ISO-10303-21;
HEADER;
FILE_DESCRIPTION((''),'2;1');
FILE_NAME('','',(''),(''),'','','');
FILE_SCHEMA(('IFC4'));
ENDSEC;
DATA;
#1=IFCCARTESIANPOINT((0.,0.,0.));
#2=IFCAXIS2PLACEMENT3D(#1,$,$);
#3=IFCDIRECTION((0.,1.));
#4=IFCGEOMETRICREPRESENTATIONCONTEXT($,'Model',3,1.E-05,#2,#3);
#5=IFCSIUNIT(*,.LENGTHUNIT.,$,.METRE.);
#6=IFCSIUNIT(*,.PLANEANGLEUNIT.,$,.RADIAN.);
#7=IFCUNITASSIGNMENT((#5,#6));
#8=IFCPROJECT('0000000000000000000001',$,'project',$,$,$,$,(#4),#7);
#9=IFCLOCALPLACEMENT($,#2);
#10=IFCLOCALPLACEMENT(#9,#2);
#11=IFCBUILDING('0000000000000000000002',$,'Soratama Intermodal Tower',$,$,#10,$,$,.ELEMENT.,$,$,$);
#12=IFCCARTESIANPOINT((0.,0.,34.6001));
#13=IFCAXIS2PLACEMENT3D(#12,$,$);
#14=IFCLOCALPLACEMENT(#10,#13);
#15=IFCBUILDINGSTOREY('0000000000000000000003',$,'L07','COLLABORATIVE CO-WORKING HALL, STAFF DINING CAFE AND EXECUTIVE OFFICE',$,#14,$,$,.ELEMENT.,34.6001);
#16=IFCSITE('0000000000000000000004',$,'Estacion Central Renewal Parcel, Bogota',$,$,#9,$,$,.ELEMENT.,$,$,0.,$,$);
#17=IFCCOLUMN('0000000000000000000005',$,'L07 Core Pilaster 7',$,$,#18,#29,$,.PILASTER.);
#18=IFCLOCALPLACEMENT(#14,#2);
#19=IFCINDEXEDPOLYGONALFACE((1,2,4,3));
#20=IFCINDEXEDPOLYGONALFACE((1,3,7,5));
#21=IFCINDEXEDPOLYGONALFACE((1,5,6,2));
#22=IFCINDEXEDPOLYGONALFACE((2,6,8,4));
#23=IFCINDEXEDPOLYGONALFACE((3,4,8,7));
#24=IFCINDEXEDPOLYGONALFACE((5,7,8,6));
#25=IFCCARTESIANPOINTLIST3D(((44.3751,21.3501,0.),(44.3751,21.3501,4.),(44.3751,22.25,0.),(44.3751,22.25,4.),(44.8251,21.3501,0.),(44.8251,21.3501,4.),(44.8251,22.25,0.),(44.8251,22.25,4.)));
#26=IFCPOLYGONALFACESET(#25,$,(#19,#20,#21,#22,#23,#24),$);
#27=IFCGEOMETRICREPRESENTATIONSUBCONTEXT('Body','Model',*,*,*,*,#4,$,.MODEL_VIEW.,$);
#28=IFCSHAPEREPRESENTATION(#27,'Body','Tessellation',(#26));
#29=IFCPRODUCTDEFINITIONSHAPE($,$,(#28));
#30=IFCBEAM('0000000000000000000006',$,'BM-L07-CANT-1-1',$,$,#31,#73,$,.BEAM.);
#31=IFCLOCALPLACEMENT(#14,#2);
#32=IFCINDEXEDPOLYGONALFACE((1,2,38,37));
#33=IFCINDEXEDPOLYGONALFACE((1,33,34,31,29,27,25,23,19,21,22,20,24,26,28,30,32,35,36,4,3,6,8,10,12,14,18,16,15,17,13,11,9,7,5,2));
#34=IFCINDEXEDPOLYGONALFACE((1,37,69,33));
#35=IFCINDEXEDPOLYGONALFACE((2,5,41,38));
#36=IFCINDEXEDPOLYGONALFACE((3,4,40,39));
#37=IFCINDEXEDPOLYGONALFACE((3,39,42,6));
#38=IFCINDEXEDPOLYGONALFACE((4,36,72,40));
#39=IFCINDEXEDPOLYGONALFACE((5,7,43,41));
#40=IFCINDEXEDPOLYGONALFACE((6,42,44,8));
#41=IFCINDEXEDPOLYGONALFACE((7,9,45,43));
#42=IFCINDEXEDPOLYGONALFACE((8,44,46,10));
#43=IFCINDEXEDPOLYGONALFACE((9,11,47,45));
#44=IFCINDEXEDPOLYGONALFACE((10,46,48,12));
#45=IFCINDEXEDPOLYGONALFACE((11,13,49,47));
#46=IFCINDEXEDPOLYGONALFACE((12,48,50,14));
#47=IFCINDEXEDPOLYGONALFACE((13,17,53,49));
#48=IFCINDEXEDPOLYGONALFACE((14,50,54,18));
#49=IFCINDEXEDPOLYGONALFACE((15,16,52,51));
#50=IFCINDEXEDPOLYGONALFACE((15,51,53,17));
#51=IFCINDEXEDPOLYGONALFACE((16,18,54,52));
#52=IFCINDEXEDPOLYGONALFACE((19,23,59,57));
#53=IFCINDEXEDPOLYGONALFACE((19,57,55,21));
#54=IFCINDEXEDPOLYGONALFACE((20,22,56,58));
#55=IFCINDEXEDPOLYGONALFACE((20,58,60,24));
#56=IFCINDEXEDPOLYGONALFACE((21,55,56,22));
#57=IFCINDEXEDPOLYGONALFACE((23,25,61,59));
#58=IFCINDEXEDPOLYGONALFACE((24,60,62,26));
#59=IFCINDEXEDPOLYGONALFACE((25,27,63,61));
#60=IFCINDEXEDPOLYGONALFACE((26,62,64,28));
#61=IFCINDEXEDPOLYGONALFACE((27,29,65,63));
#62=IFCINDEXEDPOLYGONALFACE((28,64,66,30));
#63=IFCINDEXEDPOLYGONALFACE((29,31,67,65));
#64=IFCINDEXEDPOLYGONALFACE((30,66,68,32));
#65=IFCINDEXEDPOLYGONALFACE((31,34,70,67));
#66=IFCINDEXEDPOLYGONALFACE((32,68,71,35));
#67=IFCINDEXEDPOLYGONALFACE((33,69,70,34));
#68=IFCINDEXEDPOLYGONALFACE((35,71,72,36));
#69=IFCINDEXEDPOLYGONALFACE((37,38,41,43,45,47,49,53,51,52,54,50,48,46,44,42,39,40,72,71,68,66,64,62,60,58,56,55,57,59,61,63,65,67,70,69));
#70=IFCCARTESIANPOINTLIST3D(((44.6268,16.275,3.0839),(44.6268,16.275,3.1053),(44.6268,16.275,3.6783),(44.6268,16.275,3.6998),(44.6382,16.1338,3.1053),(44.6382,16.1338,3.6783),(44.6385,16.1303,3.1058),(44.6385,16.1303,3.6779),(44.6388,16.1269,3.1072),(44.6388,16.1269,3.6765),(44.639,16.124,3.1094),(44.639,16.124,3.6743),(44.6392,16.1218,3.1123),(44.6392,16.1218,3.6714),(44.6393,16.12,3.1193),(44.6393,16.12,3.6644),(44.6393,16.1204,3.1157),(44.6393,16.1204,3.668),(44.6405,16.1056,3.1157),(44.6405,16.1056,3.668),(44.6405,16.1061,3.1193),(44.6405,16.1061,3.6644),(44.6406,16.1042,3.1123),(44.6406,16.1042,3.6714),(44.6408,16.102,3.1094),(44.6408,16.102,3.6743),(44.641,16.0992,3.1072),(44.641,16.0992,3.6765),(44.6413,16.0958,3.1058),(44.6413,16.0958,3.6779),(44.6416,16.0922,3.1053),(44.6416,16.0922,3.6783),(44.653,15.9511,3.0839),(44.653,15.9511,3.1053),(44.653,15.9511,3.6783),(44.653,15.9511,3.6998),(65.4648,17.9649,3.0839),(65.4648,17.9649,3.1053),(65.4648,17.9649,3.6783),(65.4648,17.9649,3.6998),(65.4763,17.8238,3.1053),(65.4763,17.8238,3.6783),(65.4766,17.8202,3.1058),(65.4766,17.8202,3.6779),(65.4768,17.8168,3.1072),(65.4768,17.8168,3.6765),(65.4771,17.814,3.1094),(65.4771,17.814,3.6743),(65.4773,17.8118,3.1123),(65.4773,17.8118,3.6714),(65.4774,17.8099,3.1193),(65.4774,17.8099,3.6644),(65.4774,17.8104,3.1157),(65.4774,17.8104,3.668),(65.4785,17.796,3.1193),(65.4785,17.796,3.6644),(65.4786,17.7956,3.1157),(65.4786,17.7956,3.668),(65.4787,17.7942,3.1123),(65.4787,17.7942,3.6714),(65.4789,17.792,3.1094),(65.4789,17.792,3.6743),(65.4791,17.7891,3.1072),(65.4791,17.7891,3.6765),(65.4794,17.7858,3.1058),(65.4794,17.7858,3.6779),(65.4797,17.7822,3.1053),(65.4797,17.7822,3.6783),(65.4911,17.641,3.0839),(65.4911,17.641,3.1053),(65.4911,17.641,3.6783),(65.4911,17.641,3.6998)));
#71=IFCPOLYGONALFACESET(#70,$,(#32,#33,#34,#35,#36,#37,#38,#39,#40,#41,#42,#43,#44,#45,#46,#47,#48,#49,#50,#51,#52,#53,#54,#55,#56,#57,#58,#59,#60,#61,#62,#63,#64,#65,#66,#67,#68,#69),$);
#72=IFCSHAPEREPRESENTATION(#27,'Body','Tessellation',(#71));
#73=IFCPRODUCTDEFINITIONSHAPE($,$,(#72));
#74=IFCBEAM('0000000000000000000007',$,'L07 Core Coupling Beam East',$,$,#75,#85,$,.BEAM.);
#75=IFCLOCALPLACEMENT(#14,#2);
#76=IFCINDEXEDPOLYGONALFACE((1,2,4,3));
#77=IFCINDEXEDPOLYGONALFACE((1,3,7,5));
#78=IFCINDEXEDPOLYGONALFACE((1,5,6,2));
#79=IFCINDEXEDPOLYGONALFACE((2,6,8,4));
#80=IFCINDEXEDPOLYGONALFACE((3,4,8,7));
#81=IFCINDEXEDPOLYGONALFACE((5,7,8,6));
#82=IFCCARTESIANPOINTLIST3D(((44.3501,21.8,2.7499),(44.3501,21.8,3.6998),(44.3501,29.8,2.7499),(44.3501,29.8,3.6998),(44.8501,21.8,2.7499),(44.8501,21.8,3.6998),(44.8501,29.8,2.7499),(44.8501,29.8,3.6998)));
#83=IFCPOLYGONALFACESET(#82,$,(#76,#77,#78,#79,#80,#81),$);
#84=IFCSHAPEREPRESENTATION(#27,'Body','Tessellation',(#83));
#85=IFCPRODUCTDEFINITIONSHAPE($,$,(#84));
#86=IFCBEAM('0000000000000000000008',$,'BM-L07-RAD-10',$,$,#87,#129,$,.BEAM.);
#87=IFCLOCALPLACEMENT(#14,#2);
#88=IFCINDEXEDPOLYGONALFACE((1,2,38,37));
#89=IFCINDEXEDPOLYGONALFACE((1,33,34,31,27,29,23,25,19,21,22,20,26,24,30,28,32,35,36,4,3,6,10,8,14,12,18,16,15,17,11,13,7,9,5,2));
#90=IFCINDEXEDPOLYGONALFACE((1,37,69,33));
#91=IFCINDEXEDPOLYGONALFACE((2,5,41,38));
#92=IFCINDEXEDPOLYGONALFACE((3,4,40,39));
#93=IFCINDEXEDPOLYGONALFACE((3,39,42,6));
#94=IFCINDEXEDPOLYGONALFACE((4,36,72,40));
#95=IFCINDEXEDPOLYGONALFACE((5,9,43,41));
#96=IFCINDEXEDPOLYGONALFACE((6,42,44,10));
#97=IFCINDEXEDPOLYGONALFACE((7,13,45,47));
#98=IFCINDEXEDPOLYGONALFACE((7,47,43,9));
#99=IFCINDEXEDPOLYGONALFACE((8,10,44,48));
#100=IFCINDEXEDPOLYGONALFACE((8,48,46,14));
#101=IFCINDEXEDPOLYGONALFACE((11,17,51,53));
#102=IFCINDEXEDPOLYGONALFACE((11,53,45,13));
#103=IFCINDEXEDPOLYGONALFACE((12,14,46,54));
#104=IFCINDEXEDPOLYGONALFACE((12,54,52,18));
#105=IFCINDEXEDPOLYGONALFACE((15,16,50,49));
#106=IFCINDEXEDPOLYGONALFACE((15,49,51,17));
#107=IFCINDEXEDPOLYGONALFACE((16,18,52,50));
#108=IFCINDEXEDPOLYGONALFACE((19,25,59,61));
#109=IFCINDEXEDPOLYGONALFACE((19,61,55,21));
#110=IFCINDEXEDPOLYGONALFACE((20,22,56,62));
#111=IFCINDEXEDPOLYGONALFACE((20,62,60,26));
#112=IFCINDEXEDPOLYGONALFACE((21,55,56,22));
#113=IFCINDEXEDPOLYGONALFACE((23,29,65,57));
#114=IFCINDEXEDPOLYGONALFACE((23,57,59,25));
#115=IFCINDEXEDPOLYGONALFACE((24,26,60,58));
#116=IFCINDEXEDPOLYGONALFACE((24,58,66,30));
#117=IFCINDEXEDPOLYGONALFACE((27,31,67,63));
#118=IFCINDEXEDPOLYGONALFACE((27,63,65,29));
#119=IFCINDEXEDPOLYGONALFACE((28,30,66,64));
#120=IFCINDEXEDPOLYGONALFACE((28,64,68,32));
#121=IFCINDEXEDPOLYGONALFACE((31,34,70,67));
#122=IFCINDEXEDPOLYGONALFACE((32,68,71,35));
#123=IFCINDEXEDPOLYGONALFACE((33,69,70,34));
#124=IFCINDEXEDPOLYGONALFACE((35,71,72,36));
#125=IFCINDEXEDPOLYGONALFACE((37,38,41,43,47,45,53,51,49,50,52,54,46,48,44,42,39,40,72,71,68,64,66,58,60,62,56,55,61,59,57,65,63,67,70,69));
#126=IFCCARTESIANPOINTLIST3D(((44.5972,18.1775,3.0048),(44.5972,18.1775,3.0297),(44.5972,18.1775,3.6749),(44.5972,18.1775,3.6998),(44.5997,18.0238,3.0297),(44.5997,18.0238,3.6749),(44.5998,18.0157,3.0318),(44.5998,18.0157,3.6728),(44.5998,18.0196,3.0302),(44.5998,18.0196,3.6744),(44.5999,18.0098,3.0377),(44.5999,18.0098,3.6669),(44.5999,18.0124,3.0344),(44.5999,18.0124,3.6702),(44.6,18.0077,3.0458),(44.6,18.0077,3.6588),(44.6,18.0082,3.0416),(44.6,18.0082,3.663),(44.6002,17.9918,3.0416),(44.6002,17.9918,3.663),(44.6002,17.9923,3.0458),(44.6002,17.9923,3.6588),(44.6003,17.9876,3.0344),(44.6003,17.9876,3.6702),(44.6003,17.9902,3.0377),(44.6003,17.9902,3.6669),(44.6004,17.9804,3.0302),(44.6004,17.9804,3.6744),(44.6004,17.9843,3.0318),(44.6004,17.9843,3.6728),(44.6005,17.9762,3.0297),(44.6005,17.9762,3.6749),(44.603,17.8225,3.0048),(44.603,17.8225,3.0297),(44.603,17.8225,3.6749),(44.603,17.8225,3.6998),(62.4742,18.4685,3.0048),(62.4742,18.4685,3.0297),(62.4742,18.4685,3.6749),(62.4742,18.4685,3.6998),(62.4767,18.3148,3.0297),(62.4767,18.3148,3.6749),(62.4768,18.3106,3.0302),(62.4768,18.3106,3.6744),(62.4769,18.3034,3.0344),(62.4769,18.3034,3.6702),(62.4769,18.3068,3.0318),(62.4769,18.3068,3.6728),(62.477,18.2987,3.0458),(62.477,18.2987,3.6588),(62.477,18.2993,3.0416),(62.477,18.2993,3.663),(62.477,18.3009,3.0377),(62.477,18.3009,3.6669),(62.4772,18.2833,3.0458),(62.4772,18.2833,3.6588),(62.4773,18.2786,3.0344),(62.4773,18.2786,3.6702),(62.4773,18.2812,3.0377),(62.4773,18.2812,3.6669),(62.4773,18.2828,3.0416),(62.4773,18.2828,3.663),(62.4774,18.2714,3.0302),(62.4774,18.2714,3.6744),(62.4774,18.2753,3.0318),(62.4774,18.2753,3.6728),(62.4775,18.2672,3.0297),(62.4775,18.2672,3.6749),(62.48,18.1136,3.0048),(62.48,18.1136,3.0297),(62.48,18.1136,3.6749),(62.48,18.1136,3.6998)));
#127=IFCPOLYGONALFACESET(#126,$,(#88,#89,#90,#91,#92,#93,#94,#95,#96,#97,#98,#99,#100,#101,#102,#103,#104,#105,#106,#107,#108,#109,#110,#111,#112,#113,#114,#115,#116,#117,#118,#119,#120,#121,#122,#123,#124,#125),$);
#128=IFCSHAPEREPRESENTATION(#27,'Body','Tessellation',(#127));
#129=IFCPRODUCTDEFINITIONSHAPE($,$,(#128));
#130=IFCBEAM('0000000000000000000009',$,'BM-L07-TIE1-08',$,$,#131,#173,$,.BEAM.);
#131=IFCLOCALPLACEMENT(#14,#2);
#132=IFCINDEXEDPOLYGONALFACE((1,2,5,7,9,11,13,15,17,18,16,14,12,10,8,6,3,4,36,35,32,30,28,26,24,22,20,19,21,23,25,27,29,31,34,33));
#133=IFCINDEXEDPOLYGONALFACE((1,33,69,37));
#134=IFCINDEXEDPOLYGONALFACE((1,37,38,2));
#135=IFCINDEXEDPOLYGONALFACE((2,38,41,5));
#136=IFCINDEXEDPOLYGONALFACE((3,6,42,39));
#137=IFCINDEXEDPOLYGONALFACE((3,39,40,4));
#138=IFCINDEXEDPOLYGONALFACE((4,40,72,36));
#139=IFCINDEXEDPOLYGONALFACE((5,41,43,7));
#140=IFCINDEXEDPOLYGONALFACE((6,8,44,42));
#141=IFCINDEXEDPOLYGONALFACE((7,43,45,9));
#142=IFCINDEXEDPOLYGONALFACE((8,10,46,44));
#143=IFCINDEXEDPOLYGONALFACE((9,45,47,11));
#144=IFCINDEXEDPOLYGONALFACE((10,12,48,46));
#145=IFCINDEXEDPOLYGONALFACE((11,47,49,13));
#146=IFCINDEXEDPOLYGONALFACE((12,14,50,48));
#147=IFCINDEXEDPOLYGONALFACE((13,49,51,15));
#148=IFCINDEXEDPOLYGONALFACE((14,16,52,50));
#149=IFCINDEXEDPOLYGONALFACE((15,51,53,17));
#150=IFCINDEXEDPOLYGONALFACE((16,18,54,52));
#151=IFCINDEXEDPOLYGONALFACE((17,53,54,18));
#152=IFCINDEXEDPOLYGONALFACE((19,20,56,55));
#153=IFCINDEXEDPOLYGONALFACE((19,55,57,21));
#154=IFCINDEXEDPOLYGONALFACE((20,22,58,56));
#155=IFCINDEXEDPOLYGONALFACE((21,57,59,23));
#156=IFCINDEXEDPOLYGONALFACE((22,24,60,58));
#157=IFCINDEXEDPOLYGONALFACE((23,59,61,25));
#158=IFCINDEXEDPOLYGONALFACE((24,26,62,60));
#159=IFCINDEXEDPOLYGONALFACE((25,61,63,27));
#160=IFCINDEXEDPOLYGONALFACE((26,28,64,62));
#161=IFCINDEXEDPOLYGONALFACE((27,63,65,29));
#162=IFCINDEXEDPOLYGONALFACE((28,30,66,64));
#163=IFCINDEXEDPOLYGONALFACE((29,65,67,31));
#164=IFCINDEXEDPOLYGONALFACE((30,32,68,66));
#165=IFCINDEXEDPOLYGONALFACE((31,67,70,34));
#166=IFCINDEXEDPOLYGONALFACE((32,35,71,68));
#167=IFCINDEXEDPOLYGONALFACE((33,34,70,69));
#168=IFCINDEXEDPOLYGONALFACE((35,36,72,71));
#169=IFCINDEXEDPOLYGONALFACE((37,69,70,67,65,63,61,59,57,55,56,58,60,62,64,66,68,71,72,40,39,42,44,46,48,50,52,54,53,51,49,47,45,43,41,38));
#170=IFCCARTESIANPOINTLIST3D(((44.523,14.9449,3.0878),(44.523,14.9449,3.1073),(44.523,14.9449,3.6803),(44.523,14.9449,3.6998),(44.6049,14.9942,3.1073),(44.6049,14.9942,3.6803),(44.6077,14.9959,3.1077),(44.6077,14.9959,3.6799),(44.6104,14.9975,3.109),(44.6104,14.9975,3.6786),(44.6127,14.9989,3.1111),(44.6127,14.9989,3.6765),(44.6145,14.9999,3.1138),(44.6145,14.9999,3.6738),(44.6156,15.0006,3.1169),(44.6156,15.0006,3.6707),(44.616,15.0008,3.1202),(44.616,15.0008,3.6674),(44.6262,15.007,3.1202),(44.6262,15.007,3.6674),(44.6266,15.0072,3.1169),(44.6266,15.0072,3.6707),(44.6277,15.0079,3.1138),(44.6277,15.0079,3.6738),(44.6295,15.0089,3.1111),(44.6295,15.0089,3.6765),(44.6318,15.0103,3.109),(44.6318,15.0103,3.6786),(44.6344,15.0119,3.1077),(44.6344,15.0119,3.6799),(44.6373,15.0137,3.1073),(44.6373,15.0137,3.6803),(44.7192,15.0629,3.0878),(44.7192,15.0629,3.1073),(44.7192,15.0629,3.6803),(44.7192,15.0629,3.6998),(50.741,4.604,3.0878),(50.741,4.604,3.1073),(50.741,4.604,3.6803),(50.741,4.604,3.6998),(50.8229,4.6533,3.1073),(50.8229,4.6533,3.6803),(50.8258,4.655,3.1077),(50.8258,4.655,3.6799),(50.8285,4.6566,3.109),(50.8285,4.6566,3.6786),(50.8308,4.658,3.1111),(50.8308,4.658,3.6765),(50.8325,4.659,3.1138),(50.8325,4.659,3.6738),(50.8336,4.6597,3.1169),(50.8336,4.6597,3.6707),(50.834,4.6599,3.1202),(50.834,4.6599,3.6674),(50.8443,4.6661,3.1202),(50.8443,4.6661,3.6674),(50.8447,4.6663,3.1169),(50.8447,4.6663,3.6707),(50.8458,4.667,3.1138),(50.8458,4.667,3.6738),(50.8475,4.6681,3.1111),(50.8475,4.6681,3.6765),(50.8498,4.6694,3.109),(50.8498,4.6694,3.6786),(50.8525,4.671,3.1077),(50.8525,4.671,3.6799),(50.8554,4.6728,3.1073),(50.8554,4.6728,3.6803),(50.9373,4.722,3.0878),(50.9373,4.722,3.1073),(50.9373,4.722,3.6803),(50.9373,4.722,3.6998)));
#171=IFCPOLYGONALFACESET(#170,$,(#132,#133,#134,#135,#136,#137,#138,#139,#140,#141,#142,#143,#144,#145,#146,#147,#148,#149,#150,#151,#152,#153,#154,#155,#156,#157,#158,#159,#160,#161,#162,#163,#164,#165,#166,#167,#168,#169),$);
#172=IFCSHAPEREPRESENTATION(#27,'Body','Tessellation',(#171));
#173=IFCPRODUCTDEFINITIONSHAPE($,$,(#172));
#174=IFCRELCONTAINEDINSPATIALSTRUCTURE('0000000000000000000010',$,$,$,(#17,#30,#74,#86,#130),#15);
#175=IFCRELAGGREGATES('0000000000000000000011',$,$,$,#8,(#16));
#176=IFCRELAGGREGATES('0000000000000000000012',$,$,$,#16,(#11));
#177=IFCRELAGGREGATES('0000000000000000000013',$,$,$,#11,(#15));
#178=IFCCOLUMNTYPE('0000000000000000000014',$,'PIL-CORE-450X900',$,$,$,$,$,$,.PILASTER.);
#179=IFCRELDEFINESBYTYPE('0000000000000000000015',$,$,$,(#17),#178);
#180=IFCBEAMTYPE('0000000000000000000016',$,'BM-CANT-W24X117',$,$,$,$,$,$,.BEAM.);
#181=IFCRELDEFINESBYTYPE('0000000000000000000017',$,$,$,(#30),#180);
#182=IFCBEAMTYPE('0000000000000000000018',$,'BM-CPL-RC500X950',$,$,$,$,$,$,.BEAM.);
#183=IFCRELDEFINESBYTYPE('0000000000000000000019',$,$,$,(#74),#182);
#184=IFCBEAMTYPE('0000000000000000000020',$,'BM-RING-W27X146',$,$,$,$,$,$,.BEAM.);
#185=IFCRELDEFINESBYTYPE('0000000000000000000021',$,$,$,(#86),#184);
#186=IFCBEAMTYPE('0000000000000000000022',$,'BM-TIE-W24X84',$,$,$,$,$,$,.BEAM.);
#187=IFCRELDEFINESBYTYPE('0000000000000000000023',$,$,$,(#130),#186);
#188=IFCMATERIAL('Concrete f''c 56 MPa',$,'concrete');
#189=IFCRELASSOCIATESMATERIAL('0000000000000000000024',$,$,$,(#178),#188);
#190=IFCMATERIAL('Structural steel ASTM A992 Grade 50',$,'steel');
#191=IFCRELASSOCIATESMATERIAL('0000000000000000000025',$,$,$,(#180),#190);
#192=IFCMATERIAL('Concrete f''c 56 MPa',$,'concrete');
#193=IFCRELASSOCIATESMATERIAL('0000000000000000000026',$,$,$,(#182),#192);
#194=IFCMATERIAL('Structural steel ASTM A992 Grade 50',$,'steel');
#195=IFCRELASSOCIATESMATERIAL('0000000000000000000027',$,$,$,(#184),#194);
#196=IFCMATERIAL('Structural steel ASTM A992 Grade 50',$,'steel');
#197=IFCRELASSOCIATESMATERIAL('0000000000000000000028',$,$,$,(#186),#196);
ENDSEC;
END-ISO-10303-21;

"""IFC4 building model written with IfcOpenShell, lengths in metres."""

from ifc_helpers import new_model, si_unit, direction, frame, origin, origin_2d, place, context, subcontext, project, spatial, rectangle, i_section, extrude, material, material_profile, profile_set, type_object, element, save


model = new_model("IFC4")

# Units and contexts
model_context = context("Model", 3, precision=1e-05, world=origin(), true_north=direction((0.0, 1.0)))
body_context = subcontext(model_context, "Body", "Model", "MODEL_VIEW")
ifc_project = project(units=[si_unit("LENGTHUNIT", "METRE"), si_unit("PLANEANGLEUNIT", "RADIAN")], contexts=[model_context])

# Site, building, storey
site_placement = place(None, origin())
site = spatial("IfcSite", under=ifc_project, at=site_placement, Name="Estacion Central Renewal Parcel, Bogota", CompositionType="ELEMENT", RefElevation=0.0)
building_placement = place(site_placement, origin())
building = spatial("IfcBuilding", under=site, at=building_placement, Name="Soratama Intermodal Tower", CompositionType="ELEMENT")
storey_placement = place(building_placement, frame((0.0, 0.0, 34.6001)))
storey = spatial("IfcBuildingStorey", under=building, at=storey_placement, Name="L07", Description="COLLABORATIVE CO-WORKING HALL, STAFF DINING CAFE AND EXECUTIVE OFFICE", CompositionType="ELEMENT", Elevation=34.6001)

# Column
ifc_material_1 = material(Name="Concrete f'c 56 MPa", Category="concrete")
ifc_material_profile_1 = material_profile(ifc_material_1, rectangle(XDim=0.45, YDim=0.8999, at=origin_2d()), Name="RC450X900")
ifc_profile_set_1 = profile_set([ifc_material_profile_1], Name="Concrete f'c 56 MPa")
column_type = type_object("IfcColumnType", Name="PIL-CORE-450X900", PredefinedType="PILASTER", material=ifc_profile_set_1)
column_placement = place(storey_placement, frame((44.6001, 21.8, 0.0), z_axis=(0.0, 0.0, 1.0), x_axis=(1.0, 0.0, 0.0)))
element("IfcColumn", 1, at=column_placement, inside=storey, type_object=column_type, Name="L07 Core Pilaster 7", PredefinedType="PILASTER", context=body_context, shape_type="SweptSolid", body=[
    extrude(rectangle(XDim=0.45, YDim=0.8999, at=origin_2d()), origin(), (0.0, 0.0, 1.0), 4.0),
])

# Beams
ifc_material_2 = material(Name="Structural steel ASTM A992 Grade 50", Category="steel")
ifc_material_profile_2 = material_profile(ifc_material_2, i_section(OverallWidth=0.325, OverallDepth=0.616, WebThickness=0.0139, FlangeThickness=0.0215, FilletRadius=0.0139, at=origin_2d()), Name="W24X117")
ifc_profile_set_2 = profile_set([ifc_material_profile_2], Name="Structural steel ASTM A992 Grade 50")
beam_type_1 = type_object("IfcBeamType", Name="BM-CANT-W24X117", PredefinedType="BEAM", material=ifc_profile_set_2)
beam_1_placement = place(storey_placement, frame((44.6399, 16.113, 3.3918), z_axis=(0.996728, 0.080833, 0.0), x_axis=(-0.080833, 0.996728, 0.0)))
element("IfcBeam", 2, at=beam_1_placement, inside=storey, type_object=beam_type_1, Name="BM-L07-CANT-1-1", PredefinedType="BEAM", context=body_context, shape_type="SweptSolid", body=[
    extrude(i_section(OverallWidth=0.325, OverallDepth=0.616, WebThickness=0.0139, FlangeThickness=0.0215, FilletRadius=0.0139, at=origin_2d()), origin(), (0.0, 0.0, 1.0), 20.9065),
])
ifc_material_3 = material(Name="Concrete f'c 56 MPa", Category="concrete")
ifc_material_profile_3 = material_profile(ifc_material_3, rectangle(XDim=0.5, YDim=0.95, at=origin_2d()), Name="RC500X950")
ifc_profile_set_3 = profile_set([ifc_material_profile_3], Name="Concrete f'c 56 MPa")
beam_type_2 = type_object("IfcBeamType", Name="BM-CPL-RC500X950", PredefinedType="BEAM", material=ifc_profile_set_3)
beam_2_placement = place(storey_placement, frame((44.6001, 21.8, 3.2249), z_axis=(0.0, 1.0, 0.0), x_axis=(-1.0, 0.0, 0.0)))
element("IfcBeam", 3, at=beam_2_placement, inside=storey, type_object=beam_type_2, Name="L07 Core Coupling Beam East", PredefinedType="BEAM", context=body_context, shape_type="SweptSolid", body=[
    extrude(rectangle(XDim=0.5, YDim=0.95, at=origin_2d()), origin(), (0.0, 0.0, 1.0), 8.0),
])
ifc_material_4 = material(Name="Structural steel ASTM A992 Grade 50", Category="steel")
ifc_material_profile_4 = material_profile(ifc_material_4, i_section(OverallWidth=0.355, OverallDepth=0.6951, WebThickness=0.0154, FlangeThickness=0.0249, FilletRadius=0.0161, at=origin_2d()), Name="W27X146")
ifc_profile_set_4 = profile_set([ifc_material_profile_4], Name="Structural steel ASTM A992 Grade 50")
beam_type_3 = type_object("IfcBeamType", Name="BM-RING-W27X146", PredefinedType="BEAM", material=ifc_profile_set_4)
beam_3_placement = place(storey_placement, frame((44.6001, 18.0, 3.3523), z_axis=(0.999868, 0.016277, 0.0), x_axis=(-0.016277, 0.999868, 0.0)))
element("IfcBeam", 4, at=beam_3_placement, inside=storey, type_object=beam_type_3, Name="BM-L07-RAD-10", PredefinedType="BEAM", context=body_context, shape_type="SweptSolid", body=[
    extrude(i_section(OverallWidth=0.355, OverallDepth=0.6951, WebThickness=0.0154, FlangeThickness=0.0249, FilletRadius=0.0161, at=origin_2d()), origin(), (0.0, 0.0, 1.0), 17.8794),
])
ifc_material_5 = material(Name="Structural steel ASTM A992 Grade 50", Category="steel")
ifc_material_profile_5 = material_profile(ifc_material_5, i_section(OverallWidth=0.229, OverallDepth=0.6121, WebThickness=0.012, FlangeThickness=0.0195, FilletRadius=0.0129, at=origin_2d()), Name="W24X84")
ifc_profile_set_5 = profile_set([ifc_material_profile_5], Name="Structural steel ASTM A992 Grade 50")
beam_type_4 = type_object("IfcBeamType", Name="BM-TIE-W24X84", PredefinedType="BEAM", material=ifc_profile_set_5)
beam_4_placement = place(storey_placement, frame((44.6211, 15.0039, 3.3938), z_axis=(0.51532, -0.856998, 0.0), x_axis=(0.856998, 0.51532, 0.0)))
element("IfcBeam", 5, at=beam_4_placement, inside=storey, type_object=beam_type_4, Name="BM-L07-TIE1-08", PredefinedType="BEAM", context=body_context, shape_type="SweptSolid", body=[
    extrude(i_section(OverallWidth=0.229, OverallDepth=0.6121, WebThickness=0.012, FlangeThickness=0.0195, FilletRadius=0.0129, at=origin_2d()), origin(), (0.0, 0.0, 1.0), 12.0664),
])

save(model, "model.ifc")
